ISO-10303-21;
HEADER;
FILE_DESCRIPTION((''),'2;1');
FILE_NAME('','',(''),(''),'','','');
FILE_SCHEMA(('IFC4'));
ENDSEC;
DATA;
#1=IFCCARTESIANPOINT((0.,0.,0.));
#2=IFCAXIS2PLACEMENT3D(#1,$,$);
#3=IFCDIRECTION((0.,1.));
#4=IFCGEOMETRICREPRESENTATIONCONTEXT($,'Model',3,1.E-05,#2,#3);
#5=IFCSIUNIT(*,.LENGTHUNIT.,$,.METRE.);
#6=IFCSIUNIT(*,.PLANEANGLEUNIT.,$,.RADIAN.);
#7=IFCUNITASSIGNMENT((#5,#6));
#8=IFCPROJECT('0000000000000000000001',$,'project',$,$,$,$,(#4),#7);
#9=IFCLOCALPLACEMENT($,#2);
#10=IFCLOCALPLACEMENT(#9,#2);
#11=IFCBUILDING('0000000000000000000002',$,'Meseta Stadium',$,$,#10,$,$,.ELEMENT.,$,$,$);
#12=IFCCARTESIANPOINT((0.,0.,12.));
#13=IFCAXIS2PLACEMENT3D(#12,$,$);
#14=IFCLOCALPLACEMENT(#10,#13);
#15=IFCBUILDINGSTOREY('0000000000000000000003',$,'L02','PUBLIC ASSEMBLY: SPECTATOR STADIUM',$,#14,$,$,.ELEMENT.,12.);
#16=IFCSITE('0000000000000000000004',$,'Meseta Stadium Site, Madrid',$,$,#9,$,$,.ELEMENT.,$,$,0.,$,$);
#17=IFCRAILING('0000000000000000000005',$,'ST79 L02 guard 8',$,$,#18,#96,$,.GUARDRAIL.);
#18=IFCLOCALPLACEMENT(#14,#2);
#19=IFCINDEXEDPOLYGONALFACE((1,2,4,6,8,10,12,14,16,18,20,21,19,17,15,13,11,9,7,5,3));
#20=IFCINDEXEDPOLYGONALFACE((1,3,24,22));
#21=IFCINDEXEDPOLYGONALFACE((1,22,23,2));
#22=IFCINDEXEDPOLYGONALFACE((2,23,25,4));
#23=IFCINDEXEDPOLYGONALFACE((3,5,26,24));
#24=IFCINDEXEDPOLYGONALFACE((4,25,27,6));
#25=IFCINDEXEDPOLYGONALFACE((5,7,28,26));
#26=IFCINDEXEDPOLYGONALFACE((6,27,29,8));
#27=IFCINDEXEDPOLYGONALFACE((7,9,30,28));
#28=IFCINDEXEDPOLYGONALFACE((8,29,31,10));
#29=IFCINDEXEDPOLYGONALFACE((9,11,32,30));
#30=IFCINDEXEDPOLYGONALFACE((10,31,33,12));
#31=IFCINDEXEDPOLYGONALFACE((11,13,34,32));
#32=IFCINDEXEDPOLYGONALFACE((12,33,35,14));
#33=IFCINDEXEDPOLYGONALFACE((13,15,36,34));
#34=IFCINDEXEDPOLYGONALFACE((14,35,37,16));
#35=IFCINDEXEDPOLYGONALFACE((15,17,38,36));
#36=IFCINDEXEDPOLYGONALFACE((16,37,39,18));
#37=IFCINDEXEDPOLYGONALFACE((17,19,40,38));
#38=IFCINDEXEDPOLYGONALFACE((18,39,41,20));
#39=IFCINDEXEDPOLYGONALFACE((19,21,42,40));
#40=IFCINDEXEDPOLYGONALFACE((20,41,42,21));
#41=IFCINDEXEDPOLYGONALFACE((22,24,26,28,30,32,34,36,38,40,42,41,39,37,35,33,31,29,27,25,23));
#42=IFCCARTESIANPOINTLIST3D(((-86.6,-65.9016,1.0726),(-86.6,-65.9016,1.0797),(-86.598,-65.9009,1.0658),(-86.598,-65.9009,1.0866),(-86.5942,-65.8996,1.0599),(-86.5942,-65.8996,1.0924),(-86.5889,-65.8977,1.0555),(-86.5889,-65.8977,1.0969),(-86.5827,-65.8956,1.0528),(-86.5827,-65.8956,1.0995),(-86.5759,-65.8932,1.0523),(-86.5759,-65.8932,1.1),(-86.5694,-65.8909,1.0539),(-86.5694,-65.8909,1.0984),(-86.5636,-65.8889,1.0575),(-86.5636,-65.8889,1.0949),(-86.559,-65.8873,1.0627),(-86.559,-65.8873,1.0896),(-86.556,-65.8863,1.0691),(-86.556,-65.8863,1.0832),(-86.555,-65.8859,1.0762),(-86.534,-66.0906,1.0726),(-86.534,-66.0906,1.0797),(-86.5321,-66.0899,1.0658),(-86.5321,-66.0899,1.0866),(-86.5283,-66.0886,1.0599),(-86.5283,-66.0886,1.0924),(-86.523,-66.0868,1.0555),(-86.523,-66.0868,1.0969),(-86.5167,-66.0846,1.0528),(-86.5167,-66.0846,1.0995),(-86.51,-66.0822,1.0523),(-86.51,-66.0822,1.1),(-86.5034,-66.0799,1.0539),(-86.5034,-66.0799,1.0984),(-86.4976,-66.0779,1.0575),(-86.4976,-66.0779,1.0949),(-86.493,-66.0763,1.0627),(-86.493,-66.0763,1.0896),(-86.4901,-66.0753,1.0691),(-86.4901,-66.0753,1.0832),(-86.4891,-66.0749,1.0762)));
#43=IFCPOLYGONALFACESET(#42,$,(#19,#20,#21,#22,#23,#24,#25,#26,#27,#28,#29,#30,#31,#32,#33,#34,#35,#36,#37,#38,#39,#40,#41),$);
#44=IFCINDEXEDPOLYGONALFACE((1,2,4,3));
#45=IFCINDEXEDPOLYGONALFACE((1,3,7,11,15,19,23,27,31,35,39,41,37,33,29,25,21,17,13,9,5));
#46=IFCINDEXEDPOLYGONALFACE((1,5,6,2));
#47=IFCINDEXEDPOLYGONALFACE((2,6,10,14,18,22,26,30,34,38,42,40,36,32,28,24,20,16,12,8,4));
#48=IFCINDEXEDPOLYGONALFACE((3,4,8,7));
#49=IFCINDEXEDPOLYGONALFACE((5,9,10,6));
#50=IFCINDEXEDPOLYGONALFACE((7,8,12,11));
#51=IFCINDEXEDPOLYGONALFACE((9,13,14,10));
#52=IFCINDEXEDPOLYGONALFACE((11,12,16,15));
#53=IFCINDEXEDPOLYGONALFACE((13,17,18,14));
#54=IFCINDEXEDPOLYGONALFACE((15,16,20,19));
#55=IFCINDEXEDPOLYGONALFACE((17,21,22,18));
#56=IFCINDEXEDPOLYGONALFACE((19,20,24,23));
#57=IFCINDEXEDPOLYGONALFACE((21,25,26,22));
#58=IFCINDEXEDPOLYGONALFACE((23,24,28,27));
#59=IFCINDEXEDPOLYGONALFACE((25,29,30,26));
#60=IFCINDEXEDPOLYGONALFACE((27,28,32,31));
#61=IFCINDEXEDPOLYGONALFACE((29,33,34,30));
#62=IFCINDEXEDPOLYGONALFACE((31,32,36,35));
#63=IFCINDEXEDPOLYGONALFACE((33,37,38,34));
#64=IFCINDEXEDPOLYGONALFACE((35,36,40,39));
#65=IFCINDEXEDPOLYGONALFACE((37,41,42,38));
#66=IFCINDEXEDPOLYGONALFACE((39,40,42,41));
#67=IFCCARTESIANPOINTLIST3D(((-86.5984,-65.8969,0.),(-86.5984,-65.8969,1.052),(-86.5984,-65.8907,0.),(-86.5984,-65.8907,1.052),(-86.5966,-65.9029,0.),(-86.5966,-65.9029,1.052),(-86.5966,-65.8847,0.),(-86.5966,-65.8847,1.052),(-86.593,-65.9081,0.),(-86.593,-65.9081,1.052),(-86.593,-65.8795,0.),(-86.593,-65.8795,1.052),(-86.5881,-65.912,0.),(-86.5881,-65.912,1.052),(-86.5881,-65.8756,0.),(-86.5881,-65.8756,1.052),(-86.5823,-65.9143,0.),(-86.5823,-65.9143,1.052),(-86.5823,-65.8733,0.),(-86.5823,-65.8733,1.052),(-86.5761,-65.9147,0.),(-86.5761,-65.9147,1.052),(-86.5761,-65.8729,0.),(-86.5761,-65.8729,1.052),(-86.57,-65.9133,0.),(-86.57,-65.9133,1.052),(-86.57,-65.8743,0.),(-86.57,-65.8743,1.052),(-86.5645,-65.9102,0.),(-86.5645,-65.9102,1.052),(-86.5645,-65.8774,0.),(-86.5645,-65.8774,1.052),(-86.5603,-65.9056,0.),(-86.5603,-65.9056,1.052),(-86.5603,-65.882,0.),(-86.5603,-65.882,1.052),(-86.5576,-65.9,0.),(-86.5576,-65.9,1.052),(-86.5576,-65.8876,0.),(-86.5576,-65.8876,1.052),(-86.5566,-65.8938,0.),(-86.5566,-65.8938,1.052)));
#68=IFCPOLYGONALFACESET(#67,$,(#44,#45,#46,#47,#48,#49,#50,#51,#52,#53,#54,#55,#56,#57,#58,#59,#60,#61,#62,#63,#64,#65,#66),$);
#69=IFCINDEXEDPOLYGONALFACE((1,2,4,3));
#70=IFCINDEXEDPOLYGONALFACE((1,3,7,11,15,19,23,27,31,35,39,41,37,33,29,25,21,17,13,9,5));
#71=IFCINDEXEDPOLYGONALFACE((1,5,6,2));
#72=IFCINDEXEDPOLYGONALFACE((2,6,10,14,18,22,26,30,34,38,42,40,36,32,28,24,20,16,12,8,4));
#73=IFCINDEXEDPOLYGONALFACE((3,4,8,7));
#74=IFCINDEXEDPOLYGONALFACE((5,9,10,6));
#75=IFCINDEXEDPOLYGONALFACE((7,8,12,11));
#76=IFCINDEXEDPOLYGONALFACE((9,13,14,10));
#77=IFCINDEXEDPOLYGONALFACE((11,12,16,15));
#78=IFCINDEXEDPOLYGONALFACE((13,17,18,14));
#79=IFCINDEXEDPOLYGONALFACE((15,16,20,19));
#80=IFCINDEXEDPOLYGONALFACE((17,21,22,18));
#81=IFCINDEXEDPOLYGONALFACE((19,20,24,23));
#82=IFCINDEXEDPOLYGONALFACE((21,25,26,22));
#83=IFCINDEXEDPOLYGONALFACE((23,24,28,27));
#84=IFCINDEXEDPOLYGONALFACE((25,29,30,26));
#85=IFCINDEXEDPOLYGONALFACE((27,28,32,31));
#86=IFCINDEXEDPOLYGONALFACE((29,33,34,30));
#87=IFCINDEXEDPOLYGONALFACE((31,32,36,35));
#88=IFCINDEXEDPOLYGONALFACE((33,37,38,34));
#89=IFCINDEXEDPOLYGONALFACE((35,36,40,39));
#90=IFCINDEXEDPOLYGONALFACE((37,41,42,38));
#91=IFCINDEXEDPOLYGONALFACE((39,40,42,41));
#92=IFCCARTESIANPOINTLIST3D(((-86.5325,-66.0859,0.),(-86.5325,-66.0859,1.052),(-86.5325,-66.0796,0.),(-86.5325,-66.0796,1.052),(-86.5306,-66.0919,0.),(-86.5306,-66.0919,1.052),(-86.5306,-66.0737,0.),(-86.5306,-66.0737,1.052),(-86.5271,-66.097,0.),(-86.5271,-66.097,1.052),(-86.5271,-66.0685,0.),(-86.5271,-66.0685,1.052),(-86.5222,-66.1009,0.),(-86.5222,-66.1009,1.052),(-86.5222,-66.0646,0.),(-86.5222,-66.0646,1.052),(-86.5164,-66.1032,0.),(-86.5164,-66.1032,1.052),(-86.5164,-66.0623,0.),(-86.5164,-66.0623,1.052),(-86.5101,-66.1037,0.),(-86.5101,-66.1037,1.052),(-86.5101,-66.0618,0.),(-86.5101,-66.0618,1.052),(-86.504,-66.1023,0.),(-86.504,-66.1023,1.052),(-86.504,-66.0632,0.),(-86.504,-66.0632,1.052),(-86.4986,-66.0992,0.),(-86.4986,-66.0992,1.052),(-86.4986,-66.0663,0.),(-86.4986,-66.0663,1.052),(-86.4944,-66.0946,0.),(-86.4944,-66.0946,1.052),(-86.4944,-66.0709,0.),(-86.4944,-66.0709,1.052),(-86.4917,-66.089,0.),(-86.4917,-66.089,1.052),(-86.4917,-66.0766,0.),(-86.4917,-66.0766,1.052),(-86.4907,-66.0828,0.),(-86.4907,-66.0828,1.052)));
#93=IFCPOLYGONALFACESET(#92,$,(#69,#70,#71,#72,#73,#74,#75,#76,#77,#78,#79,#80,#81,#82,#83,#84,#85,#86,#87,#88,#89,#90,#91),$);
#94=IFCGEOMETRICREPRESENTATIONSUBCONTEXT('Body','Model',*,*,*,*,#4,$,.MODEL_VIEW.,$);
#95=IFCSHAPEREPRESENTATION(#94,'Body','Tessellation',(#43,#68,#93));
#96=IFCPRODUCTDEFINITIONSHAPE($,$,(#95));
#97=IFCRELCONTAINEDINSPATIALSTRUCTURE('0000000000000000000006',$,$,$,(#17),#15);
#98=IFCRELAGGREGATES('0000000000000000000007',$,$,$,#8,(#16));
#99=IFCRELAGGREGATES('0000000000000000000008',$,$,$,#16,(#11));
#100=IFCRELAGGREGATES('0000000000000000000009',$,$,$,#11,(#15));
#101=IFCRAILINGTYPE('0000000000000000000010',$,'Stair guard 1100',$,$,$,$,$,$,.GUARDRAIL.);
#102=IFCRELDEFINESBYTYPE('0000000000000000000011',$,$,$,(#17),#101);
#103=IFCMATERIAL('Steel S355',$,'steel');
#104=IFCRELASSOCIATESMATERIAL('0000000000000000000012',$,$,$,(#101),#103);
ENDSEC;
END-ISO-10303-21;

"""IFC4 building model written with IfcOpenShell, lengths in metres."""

from ifc_helpers import new_model, si_unit, direction, frame, origin, origin_2d, place, context, subcontext, project, spatial, circle, extrude, material, type_object, element, save


model = new_model("IFC4")

# Units and contexts
model_context = context("Model", 3, precision=1e-05, world=origin(), true_north=direction((0.0, 1.0)))
body_context = subcontext(model_context, "Body", "Model", "MODEL_VIEW")
ifc_project = project(units=[si_unit("LENGTHUNIT", "METRE"), si_unit("PLANEANGLEUNIT", "RADIAN")], contexts=[model_context])

# Site, building, storey
site_placement = place(None, origin())
site = spatial("IfcSite", under=ifc_project, at=site_placement, Name="Meseta Stadium Site, Madrid", CompositionType="ELEMENT", RefElevation=0.0)
building_placement = place(site_placement, origin())
building = spatial("IfcBuilding", under=site, at=building_placement, Name="Meseta Stadium", CompositionType="ELEMENT")
storey_placement = place(building_placement, frame((0.0, 0.0, 12.0)))
storey = spatial("IfcBuildingStorey", under=building, at=storey_placement, Name="L02", Description="PUBLIC ASSEMBLY: SPECTATOR STADIUM", CompositionType="ELEMENT", Elevation=12.0)

# Railing
ifc_material_1 = material(Name="Steel S355", Category="steel")
railing_type_1 = type_object("IfcRailingType", Name="Stair guard 1100", PredefinedType="GUARDRAIL", material=ifc_material_1)
railing_1_placement = place(storey_placement, frame((-86.5776, -65.8938, 0.0)))
element("IfcRailing", 1, at=railing_1_placement, inside=storey, type_object=railing_type_1, Name="ST79 L02 guard 8", PredefinedType="GUARDRAIL", context=body_context, shape_type="SweptSolid", body=[
    extrude(circle(Radius=0.0239, at=origin_2d()), frame((0.0, 0.0, 1.0762), z_axis=(0.329372, -0.9442, 0.0), x_axis=(0.9442, 0.329372, 0.0)), (0.0, 0.0, 1.0), 0.2002),
    extrude(circle(Radius=0.021, at=origin_2d()), origin(), (0.0, 0.0, 1.0), 1.052),
    extrude(circle(Radius=0.021, at=origin_2d()), frame((0.0659, -0.189, 0.0)), (0.0, 0.0, 1.0), 1.052),
])

save(model, "model.ifc")
